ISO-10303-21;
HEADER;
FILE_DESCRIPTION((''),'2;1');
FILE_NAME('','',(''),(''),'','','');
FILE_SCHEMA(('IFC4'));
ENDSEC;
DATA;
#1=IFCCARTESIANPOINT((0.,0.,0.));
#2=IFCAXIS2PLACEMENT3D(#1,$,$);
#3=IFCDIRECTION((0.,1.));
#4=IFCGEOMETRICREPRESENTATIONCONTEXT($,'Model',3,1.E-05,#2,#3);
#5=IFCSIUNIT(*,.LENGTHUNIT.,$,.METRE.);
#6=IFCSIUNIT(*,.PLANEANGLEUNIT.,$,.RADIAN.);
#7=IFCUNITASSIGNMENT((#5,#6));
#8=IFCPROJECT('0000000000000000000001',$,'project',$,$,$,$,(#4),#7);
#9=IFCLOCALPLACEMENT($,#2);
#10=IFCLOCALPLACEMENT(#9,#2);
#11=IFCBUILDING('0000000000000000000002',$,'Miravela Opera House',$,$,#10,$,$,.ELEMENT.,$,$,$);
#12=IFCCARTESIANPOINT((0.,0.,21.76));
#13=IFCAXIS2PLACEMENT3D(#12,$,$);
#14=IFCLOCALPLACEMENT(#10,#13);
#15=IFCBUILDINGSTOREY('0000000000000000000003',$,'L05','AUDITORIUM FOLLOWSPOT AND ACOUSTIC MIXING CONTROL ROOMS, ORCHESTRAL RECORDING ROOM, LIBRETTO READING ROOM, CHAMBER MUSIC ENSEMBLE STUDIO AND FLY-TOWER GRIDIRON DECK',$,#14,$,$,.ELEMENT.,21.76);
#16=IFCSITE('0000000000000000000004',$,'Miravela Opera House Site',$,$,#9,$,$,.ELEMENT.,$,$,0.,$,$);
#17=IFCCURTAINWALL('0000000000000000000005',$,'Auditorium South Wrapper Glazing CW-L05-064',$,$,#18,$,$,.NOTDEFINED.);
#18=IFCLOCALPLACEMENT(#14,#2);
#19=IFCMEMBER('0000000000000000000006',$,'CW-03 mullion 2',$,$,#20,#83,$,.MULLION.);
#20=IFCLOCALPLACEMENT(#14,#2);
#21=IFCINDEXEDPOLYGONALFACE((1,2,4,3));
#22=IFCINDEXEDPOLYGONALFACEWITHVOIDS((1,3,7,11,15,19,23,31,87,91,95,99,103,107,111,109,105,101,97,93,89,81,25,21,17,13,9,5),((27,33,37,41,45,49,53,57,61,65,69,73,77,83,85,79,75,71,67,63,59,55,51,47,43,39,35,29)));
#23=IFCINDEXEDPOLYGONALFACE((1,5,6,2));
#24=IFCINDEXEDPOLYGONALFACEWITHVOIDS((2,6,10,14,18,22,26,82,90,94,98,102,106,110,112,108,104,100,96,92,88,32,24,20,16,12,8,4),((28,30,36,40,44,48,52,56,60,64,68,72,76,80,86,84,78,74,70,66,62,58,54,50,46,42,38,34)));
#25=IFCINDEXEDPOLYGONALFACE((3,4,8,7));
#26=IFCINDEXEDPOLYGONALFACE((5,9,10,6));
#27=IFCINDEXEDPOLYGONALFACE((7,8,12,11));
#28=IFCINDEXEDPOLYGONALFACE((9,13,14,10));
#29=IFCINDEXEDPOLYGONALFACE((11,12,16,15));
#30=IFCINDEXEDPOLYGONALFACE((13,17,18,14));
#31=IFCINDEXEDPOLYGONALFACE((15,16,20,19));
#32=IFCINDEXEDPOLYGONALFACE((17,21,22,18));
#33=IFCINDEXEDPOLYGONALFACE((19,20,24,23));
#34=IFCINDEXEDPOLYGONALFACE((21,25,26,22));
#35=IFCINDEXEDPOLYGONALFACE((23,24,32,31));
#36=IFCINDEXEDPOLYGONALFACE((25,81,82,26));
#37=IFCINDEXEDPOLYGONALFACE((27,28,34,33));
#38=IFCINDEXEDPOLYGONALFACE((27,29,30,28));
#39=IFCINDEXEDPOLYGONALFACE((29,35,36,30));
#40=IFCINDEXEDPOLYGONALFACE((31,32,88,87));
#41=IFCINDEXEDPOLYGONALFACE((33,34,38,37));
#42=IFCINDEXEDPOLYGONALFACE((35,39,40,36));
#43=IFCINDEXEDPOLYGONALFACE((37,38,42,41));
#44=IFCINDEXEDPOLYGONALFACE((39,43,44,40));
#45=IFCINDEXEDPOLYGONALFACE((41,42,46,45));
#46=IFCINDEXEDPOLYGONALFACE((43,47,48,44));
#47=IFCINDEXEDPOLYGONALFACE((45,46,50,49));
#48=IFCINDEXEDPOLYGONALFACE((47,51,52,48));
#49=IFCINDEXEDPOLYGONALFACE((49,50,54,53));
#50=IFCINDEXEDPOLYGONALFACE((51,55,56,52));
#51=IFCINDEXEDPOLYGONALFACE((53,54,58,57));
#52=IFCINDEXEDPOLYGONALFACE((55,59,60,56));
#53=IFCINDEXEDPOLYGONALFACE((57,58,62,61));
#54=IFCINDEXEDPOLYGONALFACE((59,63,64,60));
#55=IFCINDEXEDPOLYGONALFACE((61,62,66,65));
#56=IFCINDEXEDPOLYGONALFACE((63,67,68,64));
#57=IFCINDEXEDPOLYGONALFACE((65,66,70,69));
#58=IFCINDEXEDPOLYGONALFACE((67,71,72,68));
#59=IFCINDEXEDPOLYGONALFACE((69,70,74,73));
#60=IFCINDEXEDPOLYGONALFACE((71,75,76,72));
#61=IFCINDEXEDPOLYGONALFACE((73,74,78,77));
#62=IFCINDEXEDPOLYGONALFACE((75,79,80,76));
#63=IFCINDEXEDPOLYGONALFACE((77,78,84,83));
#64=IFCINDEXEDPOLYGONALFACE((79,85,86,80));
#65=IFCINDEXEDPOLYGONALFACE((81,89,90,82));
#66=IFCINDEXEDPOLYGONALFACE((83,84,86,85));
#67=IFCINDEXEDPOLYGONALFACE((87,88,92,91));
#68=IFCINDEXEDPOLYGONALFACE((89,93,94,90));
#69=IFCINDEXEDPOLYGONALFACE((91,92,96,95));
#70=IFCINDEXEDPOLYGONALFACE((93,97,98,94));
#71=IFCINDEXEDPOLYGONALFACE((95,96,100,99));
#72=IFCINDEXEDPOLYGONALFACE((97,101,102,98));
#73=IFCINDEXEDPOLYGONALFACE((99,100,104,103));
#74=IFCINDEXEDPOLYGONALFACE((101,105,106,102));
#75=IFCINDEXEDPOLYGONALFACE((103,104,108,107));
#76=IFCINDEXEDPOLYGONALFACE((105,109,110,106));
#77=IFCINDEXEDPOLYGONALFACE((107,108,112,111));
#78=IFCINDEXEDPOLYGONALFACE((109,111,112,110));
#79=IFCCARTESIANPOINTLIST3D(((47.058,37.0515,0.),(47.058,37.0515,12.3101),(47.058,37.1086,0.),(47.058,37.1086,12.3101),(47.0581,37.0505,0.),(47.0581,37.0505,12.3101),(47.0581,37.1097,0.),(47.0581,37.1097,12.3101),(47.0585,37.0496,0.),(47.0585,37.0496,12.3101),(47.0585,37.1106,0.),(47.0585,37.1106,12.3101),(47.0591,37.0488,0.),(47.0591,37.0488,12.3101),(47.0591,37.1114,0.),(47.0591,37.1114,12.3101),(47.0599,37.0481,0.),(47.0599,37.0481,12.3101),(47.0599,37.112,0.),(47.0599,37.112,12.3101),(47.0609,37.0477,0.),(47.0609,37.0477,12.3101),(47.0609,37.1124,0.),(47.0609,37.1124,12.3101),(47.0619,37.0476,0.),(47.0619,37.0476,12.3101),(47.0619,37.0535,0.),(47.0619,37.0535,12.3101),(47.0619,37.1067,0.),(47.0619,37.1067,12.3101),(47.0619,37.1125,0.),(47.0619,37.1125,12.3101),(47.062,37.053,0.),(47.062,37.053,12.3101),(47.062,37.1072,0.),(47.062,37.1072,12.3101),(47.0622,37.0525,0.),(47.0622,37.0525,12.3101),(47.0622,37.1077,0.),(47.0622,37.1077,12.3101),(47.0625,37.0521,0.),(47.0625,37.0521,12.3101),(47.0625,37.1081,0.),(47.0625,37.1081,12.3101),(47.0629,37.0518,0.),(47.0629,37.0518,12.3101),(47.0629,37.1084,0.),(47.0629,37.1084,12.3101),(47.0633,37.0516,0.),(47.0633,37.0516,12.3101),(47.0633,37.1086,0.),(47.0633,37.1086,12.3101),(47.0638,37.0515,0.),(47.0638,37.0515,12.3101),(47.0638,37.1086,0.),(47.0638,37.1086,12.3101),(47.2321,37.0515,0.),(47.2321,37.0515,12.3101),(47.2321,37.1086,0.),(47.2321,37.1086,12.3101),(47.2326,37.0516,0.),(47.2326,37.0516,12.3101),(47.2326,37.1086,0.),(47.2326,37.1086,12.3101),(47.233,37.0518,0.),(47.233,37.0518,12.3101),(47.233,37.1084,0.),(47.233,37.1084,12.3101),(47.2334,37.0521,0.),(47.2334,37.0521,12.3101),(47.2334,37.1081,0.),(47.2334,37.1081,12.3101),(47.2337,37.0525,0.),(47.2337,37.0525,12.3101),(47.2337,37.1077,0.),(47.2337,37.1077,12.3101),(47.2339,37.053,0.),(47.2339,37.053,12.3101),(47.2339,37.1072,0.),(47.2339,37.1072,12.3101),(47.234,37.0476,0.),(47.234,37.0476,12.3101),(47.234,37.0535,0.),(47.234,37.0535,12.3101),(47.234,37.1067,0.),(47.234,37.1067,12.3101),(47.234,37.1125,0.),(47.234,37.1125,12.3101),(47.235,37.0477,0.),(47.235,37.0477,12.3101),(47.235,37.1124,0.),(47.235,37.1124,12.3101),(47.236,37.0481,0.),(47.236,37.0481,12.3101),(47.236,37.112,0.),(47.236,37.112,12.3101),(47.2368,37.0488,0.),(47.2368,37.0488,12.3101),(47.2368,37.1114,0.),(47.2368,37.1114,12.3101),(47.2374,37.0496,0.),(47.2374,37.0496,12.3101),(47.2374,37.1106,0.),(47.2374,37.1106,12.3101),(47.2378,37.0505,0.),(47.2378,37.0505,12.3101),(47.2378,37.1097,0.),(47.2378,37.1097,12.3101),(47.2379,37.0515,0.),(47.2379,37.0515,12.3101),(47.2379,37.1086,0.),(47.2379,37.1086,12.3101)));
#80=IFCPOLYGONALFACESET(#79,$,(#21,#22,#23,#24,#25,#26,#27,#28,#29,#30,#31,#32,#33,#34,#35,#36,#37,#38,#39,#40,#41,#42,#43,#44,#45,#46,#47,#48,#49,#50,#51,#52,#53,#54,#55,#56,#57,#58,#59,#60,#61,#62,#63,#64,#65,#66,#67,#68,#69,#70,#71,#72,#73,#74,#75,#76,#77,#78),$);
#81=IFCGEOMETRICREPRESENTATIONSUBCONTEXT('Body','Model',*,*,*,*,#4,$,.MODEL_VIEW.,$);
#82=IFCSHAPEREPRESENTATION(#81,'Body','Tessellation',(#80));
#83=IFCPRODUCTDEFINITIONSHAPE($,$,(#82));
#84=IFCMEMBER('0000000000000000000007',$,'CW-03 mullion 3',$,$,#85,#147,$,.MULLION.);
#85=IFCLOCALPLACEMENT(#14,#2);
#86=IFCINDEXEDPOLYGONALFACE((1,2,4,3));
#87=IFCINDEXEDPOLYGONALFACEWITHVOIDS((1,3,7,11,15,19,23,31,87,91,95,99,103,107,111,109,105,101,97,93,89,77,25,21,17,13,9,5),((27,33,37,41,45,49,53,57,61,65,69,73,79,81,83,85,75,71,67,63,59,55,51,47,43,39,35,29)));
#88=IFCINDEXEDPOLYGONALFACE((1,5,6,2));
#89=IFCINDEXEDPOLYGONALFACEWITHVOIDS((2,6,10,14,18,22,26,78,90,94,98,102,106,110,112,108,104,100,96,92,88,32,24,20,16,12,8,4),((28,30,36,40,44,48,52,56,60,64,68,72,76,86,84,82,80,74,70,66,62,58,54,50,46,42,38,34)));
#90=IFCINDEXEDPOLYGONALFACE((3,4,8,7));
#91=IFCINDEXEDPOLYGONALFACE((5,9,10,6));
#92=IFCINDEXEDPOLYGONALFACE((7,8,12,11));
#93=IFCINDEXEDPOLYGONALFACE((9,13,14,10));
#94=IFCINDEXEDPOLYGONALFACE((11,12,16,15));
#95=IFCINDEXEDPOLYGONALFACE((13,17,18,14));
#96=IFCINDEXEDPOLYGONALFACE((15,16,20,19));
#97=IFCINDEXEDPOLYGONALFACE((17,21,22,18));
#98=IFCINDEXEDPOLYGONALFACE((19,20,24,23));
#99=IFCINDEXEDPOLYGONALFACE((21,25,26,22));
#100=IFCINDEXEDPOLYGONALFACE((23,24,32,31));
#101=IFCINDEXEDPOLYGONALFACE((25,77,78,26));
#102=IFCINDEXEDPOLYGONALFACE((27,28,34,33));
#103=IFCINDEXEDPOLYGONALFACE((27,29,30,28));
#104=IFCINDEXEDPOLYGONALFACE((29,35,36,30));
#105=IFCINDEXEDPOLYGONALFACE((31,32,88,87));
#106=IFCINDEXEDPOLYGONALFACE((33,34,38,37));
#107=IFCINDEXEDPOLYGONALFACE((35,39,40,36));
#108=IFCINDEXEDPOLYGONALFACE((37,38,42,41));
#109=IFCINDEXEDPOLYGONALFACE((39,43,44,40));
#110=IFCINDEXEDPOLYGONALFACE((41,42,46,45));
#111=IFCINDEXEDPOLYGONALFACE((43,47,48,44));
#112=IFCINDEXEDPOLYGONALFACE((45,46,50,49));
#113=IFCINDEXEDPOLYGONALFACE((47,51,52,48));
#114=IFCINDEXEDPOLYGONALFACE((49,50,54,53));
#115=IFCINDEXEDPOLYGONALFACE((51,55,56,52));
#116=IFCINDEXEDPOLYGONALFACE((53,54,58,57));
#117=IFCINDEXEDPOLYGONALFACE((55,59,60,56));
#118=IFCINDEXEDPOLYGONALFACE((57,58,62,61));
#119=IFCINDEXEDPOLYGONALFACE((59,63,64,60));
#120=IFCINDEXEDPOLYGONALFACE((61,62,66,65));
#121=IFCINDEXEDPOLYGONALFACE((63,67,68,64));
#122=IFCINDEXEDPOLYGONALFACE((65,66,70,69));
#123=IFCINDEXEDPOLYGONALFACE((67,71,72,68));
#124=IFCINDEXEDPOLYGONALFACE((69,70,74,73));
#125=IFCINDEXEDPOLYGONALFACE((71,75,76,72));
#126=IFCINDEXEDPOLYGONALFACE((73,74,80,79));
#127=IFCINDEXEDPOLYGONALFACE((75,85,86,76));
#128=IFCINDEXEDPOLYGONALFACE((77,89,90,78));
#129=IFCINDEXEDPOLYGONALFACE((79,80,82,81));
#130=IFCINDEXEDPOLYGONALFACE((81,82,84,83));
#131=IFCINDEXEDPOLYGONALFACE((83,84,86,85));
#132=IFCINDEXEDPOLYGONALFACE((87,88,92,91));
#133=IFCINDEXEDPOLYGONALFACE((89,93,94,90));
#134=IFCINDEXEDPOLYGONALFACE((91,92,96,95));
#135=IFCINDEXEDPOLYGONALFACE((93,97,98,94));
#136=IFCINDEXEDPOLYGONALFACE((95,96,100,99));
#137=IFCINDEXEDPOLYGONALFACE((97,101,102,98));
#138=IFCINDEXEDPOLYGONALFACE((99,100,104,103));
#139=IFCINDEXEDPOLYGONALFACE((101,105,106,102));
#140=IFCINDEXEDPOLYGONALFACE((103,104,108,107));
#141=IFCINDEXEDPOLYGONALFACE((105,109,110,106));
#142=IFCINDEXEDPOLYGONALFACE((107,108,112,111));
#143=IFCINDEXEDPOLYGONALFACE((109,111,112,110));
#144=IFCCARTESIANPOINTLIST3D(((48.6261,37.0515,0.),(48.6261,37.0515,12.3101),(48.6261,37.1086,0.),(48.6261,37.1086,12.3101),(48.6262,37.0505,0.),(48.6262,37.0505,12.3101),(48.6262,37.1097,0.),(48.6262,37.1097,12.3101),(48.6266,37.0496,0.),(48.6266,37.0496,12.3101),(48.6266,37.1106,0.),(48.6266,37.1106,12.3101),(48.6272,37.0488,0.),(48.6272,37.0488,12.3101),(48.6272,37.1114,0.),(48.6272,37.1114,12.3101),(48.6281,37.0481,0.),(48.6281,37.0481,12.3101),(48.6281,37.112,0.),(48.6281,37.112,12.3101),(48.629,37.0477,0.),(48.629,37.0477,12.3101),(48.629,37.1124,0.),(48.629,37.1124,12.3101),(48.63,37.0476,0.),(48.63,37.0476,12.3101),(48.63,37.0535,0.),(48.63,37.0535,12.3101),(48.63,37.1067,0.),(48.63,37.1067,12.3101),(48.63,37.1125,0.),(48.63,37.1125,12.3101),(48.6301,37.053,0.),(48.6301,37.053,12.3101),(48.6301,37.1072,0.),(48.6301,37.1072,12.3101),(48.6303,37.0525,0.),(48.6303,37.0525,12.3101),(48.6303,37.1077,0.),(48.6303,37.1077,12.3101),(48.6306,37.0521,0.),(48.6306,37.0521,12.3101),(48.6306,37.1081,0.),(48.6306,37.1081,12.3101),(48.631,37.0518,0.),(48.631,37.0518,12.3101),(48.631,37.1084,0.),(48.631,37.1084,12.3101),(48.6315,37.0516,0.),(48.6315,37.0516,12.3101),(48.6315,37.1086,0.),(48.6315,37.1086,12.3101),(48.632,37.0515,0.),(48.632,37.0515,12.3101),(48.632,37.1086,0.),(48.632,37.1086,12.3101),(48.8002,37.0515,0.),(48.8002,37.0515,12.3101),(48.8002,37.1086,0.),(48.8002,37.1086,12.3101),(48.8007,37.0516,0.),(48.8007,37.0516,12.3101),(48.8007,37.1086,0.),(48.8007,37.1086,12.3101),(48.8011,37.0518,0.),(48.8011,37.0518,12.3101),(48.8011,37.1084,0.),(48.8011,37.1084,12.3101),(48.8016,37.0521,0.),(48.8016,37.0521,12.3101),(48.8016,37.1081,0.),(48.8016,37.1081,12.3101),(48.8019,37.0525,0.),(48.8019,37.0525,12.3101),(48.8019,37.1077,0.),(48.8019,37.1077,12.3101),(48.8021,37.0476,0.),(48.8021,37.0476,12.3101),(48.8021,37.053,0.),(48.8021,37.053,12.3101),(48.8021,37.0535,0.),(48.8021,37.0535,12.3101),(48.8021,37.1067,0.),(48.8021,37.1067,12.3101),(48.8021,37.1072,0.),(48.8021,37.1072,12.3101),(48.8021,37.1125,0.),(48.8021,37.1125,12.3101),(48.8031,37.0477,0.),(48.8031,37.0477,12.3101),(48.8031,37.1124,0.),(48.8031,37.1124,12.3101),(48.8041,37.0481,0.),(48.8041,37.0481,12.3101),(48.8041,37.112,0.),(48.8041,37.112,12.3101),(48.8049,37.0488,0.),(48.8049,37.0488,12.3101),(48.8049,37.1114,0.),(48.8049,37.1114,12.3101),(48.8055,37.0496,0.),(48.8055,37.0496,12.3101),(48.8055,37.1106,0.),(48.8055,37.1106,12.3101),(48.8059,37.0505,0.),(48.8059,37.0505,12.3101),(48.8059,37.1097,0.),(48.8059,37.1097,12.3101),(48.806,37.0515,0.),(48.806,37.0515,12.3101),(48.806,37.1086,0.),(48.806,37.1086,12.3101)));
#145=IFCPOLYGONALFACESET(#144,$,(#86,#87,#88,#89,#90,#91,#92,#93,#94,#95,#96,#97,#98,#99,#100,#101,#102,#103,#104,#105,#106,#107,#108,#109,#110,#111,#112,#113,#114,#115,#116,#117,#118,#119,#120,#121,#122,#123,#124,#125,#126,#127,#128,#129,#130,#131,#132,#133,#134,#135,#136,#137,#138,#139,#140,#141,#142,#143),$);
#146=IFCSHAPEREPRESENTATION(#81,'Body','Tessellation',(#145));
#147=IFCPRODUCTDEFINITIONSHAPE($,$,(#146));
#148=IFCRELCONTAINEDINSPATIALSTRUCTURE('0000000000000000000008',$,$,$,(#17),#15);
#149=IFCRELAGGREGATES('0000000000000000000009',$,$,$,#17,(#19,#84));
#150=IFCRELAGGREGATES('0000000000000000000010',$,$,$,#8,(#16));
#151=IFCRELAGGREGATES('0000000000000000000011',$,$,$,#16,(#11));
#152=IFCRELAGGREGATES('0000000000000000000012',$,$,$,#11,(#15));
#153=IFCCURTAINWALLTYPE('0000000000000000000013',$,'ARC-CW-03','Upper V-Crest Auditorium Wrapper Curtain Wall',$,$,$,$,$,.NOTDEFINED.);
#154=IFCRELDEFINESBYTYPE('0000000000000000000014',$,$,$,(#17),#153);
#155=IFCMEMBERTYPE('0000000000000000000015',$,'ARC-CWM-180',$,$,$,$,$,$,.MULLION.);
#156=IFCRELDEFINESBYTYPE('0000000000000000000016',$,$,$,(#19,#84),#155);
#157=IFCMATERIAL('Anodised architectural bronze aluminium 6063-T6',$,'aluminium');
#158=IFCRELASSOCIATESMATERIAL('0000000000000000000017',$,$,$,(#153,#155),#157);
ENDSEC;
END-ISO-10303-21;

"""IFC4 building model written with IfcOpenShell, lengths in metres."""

from ifc_helpers import new_model, si_unit, direction, frame, origin, origin_2d, place, context, subcontext, project, spatial, hollow_rectangle, extrude, material, material_profile, profile_set, type_object, element, aggregate, save


model = new_model("IFC4")

# Units and contexts
model_context = context("Model", 3, precision=1e-05, world=origin(), true_north=direction((0.0, 1.0)))
body_context = subcontext(model_context, "Body", "Model", "MODEL_VIEW")
ifc_project = project(units=[si_unit("LENGTHUNIT", "METRE"), si_unit("PLANEANGLEUNIT", "RADIAN")], contexts=[model_context])

# Site, building, storey
site_placement = place(None, origin())
site = spatial("IfcSite", under=ifc_project, at=site_placement, Name="Miravela Opera House Site", CompositionType="ELEMENT", RefElevation=0.0)
building_placement = place(site_placement, origin())
building = spatial("IfcBuilding", under=site, at=building_placement, Name="Miravela Opera House", CompositionType="ELEMENT")
storey_placement = place(building_placement, frame((0.0, 0.0, 21.76)))
storey = spatial("IfcBuildingStorey", under=building, at=storey_placement, Name="L05", Description="AUDITORIUM FOLLOWSPOT AND ACOUSTIC MIXING CONTROL ROOMS, ORCHESTRAL RECORDING ROOM, LIBRETTO READING ROOM, CHAMBER MUSIC ENSEMBLE STUDIO AND FLY-TOWER GRIDIRON DECK", CompositionType="ELEMENT", Elevation=21.76)

# Shared definitions
ifc_material_1 = material(Name="Anodised architectural bronze aluminium 6063-T6", Category="aluminium")
curtain_wall_type = type_object("IfcCurtainWallType", Name="ARC-CW-03", Description="Upper V-Crest Auditorium Wrapper Curtain Wall", PredefinedType="NOTDEFINED", material=ifc_material_1)
ifc_material_profile_1 = material_profile(ifc_material_1, hollow_rectangle(XDim=0.0649, YDim=0.1799, WallThickness=0.0039, InnerFilletRadius=0.002, OuterFilletRadius=0.0039, at=origin_2d()), Name="CWM-65X180")
ifc_profile_set_1 = profile_set([ifc_material_profile_1])
member_type_1 = type_object("IfcMemberType", Name="ARC-CWM-180", PredefinedType="MULLION", material=ifc_profile_set_1)

# Curtain wall, members
curtain_wall_1_placement = place(storey_placement, origin())
curtain_wall_1 = element("IfcCurtainWall", 1, at=curtain_wall_1_placement, inside=storey, type_object=curtain_wall_type, Name="Auditorium South Wrapper Glazing CW-L05-064", PredefinedType="NOTDEFINED")
member_1_placement = place(storey_placement, frame((47.1479, 37.0801, 0.0), z_axis=(0.0, 0.0, 1.0), x_axis=(0.0, 1.0, 0.0)))
member_1 = element("IfcMember", 2, at=member_1_placement, type_object=member_type_1, Name="CW-03 mullion 2", PredefinedType="MULLION", context=body_context, shape_type="SweptSolid", body=[
    extrude(hollow_rectangle(XDim=0.0649, YDim=0.1799, WallThickness=0.0039, InnerFilletRadius=0.002, OuterFilletRadius=0.0039, at=origin_2d()), origin(), (0.0, 0.0, 1.0), 12.3101),
])
member_2_placement = place(storey_placement, frame((48.7161, 37.0801, 0.0), z_axis=(0.0, 0.0, 1.0), x_axis=(0.0, 1.0, 0.0)))
member_2 = element("IfcMember", 3, at=member_2_placement, type_object=member_type_1, Name="CW-03 mullion 3", PredefinedType="MULLION", context=body_context, shape_type="SweptSolid", body=[
    extrude(hollow_rectangle(XDim=0.0649, YDim=0.1799, WallThickness=0.0039, InnerFilletRadius=0.002, OuterFilletRadius=0.0039, at=origin_2d()), origin(), (0.0, 0.0, 1.0), 12.3101),
])

aggregate(curtain_wall_1, [member_1, member_2])

save(model, "model.ifc")
